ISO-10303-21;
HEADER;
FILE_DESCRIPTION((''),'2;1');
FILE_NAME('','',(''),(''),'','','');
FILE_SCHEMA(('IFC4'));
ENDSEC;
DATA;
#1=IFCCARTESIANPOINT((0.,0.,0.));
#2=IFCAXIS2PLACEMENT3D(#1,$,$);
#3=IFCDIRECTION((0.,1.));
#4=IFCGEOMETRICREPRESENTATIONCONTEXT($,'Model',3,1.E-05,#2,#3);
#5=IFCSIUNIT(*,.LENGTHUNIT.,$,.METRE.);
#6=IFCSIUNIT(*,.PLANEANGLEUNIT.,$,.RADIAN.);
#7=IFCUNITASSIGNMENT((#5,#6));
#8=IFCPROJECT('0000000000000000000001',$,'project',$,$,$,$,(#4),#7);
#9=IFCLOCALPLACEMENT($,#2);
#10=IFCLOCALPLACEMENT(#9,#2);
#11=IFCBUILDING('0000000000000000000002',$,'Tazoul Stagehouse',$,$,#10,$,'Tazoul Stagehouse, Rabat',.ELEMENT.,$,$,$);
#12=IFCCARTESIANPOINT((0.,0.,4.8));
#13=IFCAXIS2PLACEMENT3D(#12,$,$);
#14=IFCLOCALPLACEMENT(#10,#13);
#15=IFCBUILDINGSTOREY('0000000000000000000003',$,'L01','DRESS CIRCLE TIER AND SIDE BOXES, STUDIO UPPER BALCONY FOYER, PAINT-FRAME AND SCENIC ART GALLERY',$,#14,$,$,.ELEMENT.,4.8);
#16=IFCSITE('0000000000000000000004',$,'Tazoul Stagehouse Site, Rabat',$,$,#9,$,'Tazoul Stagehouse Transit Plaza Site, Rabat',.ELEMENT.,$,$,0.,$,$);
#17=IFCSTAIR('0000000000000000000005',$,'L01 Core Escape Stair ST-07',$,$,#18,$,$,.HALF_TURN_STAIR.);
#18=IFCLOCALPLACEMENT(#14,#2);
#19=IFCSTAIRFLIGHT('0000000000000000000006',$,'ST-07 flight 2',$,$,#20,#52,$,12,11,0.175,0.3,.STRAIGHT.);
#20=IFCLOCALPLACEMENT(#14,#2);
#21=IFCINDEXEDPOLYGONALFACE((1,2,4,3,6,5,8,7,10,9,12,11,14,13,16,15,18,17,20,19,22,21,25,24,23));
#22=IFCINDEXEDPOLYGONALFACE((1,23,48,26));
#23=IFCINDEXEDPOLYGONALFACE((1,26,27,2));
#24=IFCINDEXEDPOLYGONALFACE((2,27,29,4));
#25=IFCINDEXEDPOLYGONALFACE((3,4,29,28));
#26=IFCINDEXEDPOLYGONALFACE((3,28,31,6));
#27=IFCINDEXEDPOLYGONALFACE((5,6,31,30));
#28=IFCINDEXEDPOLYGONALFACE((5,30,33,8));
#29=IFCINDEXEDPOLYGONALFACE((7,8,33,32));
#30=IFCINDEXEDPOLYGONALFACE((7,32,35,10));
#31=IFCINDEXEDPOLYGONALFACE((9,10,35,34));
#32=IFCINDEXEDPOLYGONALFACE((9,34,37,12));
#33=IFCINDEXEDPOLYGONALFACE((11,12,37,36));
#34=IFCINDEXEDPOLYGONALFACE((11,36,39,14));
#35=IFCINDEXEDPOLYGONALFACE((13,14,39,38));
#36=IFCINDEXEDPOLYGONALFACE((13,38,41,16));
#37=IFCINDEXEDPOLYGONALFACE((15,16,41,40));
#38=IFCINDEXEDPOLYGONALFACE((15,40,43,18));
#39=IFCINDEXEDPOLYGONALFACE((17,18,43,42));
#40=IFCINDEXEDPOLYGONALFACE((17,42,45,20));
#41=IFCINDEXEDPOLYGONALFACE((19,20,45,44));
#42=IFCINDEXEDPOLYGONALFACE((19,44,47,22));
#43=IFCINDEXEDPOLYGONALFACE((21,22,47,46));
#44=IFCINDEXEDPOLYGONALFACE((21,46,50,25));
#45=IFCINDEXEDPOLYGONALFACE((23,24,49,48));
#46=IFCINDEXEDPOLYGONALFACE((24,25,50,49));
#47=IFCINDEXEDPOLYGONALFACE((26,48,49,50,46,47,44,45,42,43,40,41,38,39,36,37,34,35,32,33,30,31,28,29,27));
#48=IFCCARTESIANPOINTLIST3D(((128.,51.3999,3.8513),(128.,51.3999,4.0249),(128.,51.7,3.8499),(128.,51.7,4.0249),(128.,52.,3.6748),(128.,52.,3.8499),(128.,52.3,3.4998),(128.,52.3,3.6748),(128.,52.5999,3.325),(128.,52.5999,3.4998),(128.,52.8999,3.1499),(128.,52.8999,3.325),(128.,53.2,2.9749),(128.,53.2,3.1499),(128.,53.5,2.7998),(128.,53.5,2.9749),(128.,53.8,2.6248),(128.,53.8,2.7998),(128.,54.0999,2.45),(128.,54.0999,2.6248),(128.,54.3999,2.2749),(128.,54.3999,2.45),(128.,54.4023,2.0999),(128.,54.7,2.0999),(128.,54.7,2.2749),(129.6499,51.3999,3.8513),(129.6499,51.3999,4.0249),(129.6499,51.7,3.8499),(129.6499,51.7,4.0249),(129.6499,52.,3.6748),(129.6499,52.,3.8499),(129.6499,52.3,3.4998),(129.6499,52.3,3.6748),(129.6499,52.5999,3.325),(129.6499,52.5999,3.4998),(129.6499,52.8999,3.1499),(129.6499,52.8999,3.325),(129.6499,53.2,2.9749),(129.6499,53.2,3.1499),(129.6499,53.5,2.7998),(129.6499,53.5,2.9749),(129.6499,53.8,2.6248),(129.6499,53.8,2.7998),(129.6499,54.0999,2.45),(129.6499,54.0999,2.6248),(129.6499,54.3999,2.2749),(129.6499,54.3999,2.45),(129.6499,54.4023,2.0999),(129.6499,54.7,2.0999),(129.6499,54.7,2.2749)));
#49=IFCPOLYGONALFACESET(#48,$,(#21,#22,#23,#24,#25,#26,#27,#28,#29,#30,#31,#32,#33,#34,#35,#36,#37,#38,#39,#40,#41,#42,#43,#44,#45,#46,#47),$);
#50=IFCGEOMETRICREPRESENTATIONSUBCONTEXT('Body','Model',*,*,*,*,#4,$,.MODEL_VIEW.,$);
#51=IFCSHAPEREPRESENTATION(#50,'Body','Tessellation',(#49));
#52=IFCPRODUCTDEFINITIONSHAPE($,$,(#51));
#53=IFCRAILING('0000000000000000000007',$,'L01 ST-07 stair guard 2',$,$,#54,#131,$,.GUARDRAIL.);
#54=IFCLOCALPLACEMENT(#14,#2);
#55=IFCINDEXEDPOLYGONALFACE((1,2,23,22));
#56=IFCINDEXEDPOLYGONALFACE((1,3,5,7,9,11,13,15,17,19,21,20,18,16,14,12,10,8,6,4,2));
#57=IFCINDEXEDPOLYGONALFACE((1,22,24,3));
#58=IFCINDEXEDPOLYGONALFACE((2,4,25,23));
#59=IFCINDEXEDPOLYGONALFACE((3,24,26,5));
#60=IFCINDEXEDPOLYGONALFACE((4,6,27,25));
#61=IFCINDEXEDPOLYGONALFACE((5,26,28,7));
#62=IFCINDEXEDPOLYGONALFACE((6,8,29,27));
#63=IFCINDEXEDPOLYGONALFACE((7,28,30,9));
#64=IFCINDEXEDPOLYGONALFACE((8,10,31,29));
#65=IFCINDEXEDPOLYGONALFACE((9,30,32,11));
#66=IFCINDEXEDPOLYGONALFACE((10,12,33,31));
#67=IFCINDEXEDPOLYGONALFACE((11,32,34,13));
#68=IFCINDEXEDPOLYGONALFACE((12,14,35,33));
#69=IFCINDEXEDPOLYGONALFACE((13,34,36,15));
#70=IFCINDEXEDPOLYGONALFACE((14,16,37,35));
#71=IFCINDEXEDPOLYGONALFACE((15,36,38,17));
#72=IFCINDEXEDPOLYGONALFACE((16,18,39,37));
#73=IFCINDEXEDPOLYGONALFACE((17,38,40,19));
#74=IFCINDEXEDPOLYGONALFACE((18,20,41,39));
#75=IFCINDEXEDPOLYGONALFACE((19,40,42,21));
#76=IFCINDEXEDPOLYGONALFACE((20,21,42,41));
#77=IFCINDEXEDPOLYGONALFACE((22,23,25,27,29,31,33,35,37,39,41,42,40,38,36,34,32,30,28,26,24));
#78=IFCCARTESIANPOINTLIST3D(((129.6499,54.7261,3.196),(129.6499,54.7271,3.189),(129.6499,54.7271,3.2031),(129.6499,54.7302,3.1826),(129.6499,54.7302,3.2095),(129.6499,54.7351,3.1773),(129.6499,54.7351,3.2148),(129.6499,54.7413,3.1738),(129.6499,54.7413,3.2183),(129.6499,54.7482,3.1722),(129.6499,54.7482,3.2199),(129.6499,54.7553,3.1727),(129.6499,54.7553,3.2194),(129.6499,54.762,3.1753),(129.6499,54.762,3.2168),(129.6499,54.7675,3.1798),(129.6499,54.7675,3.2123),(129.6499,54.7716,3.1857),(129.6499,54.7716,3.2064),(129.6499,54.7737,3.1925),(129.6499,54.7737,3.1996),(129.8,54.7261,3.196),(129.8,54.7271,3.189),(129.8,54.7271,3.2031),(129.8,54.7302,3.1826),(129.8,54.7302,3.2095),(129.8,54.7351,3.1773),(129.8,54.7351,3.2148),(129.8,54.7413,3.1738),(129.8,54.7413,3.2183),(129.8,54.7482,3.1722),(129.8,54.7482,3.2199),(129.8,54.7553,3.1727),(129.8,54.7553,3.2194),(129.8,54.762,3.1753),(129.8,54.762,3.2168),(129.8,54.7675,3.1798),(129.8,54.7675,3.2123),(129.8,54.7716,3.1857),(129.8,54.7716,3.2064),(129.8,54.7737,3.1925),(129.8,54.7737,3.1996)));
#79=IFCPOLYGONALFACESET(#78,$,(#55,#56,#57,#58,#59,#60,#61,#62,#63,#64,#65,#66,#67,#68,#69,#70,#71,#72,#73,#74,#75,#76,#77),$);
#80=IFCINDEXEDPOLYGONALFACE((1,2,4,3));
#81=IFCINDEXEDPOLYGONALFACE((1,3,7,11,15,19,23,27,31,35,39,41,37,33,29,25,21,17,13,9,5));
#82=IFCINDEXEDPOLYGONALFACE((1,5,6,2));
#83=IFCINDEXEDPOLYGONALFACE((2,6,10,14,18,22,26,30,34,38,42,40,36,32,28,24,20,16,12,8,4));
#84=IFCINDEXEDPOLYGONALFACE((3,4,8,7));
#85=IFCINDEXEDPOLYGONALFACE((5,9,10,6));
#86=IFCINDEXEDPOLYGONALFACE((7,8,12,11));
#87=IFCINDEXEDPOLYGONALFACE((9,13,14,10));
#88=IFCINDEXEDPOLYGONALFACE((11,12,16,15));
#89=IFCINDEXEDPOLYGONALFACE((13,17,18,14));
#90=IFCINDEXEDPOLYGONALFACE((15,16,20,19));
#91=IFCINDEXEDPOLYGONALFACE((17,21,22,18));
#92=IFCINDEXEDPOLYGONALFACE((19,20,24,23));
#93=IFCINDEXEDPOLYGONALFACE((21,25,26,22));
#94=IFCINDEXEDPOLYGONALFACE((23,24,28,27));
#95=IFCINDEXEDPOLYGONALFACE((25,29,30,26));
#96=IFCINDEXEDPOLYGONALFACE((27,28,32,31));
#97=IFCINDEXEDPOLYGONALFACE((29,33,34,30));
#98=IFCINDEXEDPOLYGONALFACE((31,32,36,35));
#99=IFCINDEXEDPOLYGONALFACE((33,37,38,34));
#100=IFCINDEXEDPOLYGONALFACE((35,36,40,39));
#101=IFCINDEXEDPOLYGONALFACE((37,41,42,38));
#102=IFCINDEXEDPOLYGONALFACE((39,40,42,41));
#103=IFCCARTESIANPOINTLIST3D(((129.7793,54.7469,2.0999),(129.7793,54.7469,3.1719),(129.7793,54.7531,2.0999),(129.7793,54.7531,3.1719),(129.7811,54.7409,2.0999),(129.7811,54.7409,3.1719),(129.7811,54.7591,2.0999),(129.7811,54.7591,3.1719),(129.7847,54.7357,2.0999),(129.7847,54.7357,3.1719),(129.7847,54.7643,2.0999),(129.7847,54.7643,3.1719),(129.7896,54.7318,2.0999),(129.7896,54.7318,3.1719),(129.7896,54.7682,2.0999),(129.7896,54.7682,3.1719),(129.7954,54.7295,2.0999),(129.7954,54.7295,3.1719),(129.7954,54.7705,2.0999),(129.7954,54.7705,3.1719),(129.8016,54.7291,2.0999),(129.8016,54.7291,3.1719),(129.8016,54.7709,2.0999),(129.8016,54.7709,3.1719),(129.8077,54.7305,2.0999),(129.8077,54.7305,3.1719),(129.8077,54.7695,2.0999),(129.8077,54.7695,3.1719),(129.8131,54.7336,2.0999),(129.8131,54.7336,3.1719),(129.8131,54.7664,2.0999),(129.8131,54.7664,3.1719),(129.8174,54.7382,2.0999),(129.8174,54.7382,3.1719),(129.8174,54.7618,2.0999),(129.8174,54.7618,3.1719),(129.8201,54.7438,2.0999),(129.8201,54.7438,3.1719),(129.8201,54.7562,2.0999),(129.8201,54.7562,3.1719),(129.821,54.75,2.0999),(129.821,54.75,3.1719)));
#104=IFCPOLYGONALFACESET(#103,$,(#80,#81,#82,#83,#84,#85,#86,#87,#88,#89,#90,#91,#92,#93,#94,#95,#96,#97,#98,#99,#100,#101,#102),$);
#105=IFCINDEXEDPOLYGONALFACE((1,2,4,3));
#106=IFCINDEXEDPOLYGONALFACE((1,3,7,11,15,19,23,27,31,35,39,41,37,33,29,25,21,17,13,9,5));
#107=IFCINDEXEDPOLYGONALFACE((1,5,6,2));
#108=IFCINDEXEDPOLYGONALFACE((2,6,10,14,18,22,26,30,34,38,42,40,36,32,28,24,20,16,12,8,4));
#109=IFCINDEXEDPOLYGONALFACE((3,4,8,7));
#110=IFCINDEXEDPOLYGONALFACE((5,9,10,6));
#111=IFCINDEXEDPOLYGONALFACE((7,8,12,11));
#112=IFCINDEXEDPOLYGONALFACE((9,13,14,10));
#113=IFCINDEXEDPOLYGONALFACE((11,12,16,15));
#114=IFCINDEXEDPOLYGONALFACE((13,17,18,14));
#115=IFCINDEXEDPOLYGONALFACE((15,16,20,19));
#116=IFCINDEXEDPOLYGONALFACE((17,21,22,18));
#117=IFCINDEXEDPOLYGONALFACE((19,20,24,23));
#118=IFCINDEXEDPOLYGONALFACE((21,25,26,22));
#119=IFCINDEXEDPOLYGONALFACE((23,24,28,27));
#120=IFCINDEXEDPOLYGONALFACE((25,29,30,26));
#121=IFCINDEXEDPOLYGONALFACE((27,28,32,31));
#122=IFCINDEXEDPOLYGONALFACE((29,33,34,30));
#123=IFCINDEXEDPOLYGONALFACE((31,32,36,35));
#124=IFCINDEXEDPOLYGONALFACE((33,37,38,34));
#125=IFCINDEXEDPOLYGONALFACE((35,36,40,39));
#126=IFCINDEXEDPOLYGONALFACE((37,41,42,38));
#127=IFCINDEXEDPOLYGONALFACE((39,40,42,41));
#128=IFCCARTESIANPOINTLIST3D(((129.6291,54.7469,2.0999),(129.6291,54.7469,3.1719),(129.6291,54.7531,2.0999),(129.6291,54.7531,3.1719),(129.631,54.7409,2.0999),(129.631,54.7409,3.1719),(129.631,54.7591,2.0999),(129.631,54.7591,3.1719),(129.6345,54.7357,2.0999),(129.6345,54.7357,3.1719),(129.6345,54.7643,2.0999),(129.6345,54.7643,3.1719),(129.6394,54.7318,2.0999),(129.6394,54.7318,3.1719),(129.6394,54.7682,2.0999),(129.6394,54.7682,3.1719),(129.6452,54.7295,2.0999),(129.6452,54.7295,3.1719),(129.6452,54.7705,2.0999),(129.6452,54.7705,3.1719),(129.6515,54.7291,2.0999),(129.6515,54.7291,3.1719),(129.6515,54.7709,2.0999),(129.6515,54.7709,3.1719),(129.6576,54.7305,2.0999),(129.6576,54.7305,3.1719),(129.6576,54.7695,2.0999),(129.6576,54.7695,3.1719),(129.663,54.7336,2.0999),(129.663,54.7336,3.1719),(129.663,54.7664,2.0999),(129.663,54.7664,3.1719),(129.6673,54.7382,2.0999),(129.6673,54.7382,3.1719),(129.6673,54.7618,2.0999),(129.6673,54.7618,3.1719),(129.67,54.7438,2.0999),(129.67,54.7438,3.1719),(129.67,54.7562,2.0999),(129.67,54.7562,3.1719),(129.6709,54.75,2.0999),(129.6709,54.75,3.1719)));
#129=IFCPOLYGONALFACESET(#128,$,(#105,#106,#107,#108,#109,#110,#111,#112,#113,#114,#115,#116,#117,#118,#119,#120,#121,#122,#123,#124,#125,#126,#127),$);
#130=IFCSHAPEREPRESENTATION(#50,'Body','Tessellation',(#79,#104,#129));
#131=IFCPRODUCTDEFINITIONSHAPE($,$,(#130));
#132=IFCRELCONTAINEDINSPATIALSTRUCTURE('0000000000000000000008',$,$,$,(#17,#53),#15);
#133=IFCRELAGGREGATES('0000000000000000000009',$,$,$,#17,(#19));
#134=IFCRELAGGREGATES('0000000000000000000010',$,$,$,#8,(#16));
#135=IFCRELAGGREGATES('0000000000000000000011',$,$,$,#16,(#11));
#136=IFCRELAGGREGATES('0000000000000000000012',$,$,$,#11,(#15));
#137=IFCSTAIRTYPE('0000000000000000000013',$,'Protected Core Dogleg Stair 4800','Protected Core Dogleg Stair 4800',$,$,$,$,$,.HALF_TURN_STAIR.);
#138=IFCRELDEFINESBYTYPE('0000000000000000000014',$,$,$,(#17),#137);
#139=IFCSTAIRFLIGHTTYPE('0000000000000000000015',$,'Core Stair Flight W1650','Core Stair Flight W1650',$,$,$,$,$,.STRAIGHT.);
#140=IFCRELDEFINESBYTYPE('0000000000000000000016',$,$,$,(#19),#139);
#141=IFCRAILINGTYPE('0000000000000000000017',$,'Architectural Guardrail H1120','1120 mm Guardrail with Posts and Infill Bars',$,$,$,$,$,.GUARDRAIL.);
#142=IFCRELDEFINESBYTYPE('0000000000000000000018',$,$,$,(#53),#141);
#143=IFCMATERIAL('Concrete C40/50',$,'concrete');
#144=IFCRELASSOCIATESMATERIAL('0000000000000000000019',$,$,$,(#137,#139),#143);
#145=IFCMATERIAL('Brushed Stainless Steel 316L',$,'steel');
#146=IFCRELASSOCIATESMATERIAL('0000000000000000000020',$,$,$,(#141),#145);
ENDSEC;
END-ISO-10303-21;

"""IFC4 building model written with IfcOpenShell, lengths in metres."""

from ifc_helpers import new_model, si_unit, direction, frame, origin, origin_2d, place, context, subcontext, project, spatial, polyline, circle, outline, extrude, material, material_profile, profile_set, type_object, element, aggregate, save


model = new_model("IFC4")

# Units and contexts
model_context = context("Model", 3, precision=1e-05, world=origin(), true_north=direction((0.0, 1.0)))
body_context = subcontext(model_context, "Body", "Model", "MODEL_VIEW")
ifc_project = project(units=[si_unit("LENGTHUNIT", "METRE"), si_unit("PLANEANGLEUNIT", "RADIAN")], contexts=[model_context])

# Site, building, storey
site_placement = place(None, origin())
site = spatial("IfcSite", under=ifc_project, at=site_placement, Name="Tazoul Stagehouse Site, Rabat", LongName="Tazoul Stagehouse Transit Plaza Site, Rabat", CompositionType="ELEMENT", RefElevation=0.0)
building_placement = place(site_placement, origin())
building = spatial("IfcBuilding", under=site, at=building_placement, Name="Tazoul Stagehouse", LongName="Tazoul Stagehouse, Rabat", CompositionType="ELEMENT")
storey_placement = place(building_placement, frame((0.0, 0.0, 4.8)))
storey = spatial("IfcBuildingStorey", under=building, at=storey_placement, Name="L01", Description="DRESS CIRCLE TIER AND SIDE BOXES, STUDIO UPPER BALCONY FOYER, PAINT-FRAME AND SCENIC ART GALLERY", CompositionType="ELEMENT", Elevation=4.8)

# Shared definitions
ifc_material_1 = material(Name="Concrete C40/50", Category="concrete")

# Stair, stair flight
stair_type = type_object("IfcStairType", Name="Protected Core Dogleg Stair 4800", Description="Protected Core Dogleg Stair 4800", PredefinedType="HALF_TURN_STAIR", material=ifc_material_1)
stair_placement = place(storey_placement, origin())
stair = element("IfcStair", 1, at=stair_placement, inside=storey, type_object=stair_type, Name="L01 Core Escape Stair ST-07", PredefinedType="HALF_TURN_STAIR")
stair_flight_type = type_object("IfcStairFlightType", Name="Core Stair Flight W1650", Description="Core Stair Flight W1650", PredefinedType="STRAIGHT", material=ifc_material_1)
stair_flight_placement = place(storey_placement, frame((128.825, 54.7, 2.0999), z_axis=(0.0, 0.0, 1.0), x_axis=(0.0, -1.0, 0.0)))
stair_flight = element("IfcStairFlight", 2, at=stair_flight_placement, type_object=stair_flight_type, Name="ST-07 flight 2", NumberOfRisers=12, NumberOfTreads=11, PredefinedType="STRAIGHT", RiserHeight=0.175, TreadLength=0.3, context=body_context, shape_type="SweptSolid", body=[
    extrude(outline(polyline([(0.0, 0.0), (0.0, 0.175), (0.3, 0.175), (0.3, 0.3501), (0.6001, 0.3501), (0.6001, 0.5249), (0.8999, 0.5249), (0.8999, 0.7), (1.2, 0.7), (1.2, 0.875), (1.5, 0.875), (1.5, 1.05), (1.8, 1.05), (1.8, 1.2251), (2.1001, 1.2251), (2.1001, 1.3999), (2.3999, 1.3999), (2.3999, 1.575), (2.7, 1.575), (2.7, 1.75), (3.0, 1.75), (3.0, 1.925), (3.3, 1.925), (3.3, 2.1001), (3.3, 1.7515), (0.2976, 0.0), (0.0, 0.0)])), frame((0.0, 0.825, 0.0), z_axis=(0.0, -1.0, 0.0), x_axis=(1.0, 0.0, 0.0)), (0.0, 0.0, 1.0), 1.6499),
])
aggregate(stair, [stair_flight])

# Railing
ifc_material_2 = material(Name="Brushed Stainless Steel 316L", Category="steel")
ifc_material_profile_1 = material_profile(ifc_material_2, circle(Radius=0.0239, at=origin_2d()), Name="SS RAIL D48")
ifc_profile_set_1 = profile_set([ifc_material_profile_1], Name="Brushed Stainless Steel 316L")
railing_type_1 = type_object("IfcRailingType", Name="Architectural Guardrail H1120", Description="1120 mm Guardrail with Posts and Infill Bars", PredefinedType="GUARDRAIL", material=ifc_profile_set_1)
railing_1_placement = place(storey_placement, frame((129.8, 54.75, 2.0999)))
element("IfcRailing", 3, at=railing_1_placement, inside=storey, type_object=railing_type_1, Name="L01 ST-07 stair guard 2", PredefinedType="GUARDRAIL", context=body_context, shape_type="SweptSolid", body=[
    extrude(circle(Radius=0.0239, at=origin_2d()), frame((0.0, 0.0, 1.0962), z_axis=(-1.0, 0.0, 0.0), x_axis=(0.0, -1.0, 0.0)), (0.0, 0.0, 1.0), 0.1501),
    extrude(circle(Radius=0.021, at=origin_2d()), origin(), (0.0, 0.0, 1.0), 1.072),
    extrude(circle(Radius=0.021, at=origin_2d()), frame((-0.1501, 0.0, 0.0)), (0.0, 0.0, 1.0), 1.072),
])

save(model, "model.ifc")
